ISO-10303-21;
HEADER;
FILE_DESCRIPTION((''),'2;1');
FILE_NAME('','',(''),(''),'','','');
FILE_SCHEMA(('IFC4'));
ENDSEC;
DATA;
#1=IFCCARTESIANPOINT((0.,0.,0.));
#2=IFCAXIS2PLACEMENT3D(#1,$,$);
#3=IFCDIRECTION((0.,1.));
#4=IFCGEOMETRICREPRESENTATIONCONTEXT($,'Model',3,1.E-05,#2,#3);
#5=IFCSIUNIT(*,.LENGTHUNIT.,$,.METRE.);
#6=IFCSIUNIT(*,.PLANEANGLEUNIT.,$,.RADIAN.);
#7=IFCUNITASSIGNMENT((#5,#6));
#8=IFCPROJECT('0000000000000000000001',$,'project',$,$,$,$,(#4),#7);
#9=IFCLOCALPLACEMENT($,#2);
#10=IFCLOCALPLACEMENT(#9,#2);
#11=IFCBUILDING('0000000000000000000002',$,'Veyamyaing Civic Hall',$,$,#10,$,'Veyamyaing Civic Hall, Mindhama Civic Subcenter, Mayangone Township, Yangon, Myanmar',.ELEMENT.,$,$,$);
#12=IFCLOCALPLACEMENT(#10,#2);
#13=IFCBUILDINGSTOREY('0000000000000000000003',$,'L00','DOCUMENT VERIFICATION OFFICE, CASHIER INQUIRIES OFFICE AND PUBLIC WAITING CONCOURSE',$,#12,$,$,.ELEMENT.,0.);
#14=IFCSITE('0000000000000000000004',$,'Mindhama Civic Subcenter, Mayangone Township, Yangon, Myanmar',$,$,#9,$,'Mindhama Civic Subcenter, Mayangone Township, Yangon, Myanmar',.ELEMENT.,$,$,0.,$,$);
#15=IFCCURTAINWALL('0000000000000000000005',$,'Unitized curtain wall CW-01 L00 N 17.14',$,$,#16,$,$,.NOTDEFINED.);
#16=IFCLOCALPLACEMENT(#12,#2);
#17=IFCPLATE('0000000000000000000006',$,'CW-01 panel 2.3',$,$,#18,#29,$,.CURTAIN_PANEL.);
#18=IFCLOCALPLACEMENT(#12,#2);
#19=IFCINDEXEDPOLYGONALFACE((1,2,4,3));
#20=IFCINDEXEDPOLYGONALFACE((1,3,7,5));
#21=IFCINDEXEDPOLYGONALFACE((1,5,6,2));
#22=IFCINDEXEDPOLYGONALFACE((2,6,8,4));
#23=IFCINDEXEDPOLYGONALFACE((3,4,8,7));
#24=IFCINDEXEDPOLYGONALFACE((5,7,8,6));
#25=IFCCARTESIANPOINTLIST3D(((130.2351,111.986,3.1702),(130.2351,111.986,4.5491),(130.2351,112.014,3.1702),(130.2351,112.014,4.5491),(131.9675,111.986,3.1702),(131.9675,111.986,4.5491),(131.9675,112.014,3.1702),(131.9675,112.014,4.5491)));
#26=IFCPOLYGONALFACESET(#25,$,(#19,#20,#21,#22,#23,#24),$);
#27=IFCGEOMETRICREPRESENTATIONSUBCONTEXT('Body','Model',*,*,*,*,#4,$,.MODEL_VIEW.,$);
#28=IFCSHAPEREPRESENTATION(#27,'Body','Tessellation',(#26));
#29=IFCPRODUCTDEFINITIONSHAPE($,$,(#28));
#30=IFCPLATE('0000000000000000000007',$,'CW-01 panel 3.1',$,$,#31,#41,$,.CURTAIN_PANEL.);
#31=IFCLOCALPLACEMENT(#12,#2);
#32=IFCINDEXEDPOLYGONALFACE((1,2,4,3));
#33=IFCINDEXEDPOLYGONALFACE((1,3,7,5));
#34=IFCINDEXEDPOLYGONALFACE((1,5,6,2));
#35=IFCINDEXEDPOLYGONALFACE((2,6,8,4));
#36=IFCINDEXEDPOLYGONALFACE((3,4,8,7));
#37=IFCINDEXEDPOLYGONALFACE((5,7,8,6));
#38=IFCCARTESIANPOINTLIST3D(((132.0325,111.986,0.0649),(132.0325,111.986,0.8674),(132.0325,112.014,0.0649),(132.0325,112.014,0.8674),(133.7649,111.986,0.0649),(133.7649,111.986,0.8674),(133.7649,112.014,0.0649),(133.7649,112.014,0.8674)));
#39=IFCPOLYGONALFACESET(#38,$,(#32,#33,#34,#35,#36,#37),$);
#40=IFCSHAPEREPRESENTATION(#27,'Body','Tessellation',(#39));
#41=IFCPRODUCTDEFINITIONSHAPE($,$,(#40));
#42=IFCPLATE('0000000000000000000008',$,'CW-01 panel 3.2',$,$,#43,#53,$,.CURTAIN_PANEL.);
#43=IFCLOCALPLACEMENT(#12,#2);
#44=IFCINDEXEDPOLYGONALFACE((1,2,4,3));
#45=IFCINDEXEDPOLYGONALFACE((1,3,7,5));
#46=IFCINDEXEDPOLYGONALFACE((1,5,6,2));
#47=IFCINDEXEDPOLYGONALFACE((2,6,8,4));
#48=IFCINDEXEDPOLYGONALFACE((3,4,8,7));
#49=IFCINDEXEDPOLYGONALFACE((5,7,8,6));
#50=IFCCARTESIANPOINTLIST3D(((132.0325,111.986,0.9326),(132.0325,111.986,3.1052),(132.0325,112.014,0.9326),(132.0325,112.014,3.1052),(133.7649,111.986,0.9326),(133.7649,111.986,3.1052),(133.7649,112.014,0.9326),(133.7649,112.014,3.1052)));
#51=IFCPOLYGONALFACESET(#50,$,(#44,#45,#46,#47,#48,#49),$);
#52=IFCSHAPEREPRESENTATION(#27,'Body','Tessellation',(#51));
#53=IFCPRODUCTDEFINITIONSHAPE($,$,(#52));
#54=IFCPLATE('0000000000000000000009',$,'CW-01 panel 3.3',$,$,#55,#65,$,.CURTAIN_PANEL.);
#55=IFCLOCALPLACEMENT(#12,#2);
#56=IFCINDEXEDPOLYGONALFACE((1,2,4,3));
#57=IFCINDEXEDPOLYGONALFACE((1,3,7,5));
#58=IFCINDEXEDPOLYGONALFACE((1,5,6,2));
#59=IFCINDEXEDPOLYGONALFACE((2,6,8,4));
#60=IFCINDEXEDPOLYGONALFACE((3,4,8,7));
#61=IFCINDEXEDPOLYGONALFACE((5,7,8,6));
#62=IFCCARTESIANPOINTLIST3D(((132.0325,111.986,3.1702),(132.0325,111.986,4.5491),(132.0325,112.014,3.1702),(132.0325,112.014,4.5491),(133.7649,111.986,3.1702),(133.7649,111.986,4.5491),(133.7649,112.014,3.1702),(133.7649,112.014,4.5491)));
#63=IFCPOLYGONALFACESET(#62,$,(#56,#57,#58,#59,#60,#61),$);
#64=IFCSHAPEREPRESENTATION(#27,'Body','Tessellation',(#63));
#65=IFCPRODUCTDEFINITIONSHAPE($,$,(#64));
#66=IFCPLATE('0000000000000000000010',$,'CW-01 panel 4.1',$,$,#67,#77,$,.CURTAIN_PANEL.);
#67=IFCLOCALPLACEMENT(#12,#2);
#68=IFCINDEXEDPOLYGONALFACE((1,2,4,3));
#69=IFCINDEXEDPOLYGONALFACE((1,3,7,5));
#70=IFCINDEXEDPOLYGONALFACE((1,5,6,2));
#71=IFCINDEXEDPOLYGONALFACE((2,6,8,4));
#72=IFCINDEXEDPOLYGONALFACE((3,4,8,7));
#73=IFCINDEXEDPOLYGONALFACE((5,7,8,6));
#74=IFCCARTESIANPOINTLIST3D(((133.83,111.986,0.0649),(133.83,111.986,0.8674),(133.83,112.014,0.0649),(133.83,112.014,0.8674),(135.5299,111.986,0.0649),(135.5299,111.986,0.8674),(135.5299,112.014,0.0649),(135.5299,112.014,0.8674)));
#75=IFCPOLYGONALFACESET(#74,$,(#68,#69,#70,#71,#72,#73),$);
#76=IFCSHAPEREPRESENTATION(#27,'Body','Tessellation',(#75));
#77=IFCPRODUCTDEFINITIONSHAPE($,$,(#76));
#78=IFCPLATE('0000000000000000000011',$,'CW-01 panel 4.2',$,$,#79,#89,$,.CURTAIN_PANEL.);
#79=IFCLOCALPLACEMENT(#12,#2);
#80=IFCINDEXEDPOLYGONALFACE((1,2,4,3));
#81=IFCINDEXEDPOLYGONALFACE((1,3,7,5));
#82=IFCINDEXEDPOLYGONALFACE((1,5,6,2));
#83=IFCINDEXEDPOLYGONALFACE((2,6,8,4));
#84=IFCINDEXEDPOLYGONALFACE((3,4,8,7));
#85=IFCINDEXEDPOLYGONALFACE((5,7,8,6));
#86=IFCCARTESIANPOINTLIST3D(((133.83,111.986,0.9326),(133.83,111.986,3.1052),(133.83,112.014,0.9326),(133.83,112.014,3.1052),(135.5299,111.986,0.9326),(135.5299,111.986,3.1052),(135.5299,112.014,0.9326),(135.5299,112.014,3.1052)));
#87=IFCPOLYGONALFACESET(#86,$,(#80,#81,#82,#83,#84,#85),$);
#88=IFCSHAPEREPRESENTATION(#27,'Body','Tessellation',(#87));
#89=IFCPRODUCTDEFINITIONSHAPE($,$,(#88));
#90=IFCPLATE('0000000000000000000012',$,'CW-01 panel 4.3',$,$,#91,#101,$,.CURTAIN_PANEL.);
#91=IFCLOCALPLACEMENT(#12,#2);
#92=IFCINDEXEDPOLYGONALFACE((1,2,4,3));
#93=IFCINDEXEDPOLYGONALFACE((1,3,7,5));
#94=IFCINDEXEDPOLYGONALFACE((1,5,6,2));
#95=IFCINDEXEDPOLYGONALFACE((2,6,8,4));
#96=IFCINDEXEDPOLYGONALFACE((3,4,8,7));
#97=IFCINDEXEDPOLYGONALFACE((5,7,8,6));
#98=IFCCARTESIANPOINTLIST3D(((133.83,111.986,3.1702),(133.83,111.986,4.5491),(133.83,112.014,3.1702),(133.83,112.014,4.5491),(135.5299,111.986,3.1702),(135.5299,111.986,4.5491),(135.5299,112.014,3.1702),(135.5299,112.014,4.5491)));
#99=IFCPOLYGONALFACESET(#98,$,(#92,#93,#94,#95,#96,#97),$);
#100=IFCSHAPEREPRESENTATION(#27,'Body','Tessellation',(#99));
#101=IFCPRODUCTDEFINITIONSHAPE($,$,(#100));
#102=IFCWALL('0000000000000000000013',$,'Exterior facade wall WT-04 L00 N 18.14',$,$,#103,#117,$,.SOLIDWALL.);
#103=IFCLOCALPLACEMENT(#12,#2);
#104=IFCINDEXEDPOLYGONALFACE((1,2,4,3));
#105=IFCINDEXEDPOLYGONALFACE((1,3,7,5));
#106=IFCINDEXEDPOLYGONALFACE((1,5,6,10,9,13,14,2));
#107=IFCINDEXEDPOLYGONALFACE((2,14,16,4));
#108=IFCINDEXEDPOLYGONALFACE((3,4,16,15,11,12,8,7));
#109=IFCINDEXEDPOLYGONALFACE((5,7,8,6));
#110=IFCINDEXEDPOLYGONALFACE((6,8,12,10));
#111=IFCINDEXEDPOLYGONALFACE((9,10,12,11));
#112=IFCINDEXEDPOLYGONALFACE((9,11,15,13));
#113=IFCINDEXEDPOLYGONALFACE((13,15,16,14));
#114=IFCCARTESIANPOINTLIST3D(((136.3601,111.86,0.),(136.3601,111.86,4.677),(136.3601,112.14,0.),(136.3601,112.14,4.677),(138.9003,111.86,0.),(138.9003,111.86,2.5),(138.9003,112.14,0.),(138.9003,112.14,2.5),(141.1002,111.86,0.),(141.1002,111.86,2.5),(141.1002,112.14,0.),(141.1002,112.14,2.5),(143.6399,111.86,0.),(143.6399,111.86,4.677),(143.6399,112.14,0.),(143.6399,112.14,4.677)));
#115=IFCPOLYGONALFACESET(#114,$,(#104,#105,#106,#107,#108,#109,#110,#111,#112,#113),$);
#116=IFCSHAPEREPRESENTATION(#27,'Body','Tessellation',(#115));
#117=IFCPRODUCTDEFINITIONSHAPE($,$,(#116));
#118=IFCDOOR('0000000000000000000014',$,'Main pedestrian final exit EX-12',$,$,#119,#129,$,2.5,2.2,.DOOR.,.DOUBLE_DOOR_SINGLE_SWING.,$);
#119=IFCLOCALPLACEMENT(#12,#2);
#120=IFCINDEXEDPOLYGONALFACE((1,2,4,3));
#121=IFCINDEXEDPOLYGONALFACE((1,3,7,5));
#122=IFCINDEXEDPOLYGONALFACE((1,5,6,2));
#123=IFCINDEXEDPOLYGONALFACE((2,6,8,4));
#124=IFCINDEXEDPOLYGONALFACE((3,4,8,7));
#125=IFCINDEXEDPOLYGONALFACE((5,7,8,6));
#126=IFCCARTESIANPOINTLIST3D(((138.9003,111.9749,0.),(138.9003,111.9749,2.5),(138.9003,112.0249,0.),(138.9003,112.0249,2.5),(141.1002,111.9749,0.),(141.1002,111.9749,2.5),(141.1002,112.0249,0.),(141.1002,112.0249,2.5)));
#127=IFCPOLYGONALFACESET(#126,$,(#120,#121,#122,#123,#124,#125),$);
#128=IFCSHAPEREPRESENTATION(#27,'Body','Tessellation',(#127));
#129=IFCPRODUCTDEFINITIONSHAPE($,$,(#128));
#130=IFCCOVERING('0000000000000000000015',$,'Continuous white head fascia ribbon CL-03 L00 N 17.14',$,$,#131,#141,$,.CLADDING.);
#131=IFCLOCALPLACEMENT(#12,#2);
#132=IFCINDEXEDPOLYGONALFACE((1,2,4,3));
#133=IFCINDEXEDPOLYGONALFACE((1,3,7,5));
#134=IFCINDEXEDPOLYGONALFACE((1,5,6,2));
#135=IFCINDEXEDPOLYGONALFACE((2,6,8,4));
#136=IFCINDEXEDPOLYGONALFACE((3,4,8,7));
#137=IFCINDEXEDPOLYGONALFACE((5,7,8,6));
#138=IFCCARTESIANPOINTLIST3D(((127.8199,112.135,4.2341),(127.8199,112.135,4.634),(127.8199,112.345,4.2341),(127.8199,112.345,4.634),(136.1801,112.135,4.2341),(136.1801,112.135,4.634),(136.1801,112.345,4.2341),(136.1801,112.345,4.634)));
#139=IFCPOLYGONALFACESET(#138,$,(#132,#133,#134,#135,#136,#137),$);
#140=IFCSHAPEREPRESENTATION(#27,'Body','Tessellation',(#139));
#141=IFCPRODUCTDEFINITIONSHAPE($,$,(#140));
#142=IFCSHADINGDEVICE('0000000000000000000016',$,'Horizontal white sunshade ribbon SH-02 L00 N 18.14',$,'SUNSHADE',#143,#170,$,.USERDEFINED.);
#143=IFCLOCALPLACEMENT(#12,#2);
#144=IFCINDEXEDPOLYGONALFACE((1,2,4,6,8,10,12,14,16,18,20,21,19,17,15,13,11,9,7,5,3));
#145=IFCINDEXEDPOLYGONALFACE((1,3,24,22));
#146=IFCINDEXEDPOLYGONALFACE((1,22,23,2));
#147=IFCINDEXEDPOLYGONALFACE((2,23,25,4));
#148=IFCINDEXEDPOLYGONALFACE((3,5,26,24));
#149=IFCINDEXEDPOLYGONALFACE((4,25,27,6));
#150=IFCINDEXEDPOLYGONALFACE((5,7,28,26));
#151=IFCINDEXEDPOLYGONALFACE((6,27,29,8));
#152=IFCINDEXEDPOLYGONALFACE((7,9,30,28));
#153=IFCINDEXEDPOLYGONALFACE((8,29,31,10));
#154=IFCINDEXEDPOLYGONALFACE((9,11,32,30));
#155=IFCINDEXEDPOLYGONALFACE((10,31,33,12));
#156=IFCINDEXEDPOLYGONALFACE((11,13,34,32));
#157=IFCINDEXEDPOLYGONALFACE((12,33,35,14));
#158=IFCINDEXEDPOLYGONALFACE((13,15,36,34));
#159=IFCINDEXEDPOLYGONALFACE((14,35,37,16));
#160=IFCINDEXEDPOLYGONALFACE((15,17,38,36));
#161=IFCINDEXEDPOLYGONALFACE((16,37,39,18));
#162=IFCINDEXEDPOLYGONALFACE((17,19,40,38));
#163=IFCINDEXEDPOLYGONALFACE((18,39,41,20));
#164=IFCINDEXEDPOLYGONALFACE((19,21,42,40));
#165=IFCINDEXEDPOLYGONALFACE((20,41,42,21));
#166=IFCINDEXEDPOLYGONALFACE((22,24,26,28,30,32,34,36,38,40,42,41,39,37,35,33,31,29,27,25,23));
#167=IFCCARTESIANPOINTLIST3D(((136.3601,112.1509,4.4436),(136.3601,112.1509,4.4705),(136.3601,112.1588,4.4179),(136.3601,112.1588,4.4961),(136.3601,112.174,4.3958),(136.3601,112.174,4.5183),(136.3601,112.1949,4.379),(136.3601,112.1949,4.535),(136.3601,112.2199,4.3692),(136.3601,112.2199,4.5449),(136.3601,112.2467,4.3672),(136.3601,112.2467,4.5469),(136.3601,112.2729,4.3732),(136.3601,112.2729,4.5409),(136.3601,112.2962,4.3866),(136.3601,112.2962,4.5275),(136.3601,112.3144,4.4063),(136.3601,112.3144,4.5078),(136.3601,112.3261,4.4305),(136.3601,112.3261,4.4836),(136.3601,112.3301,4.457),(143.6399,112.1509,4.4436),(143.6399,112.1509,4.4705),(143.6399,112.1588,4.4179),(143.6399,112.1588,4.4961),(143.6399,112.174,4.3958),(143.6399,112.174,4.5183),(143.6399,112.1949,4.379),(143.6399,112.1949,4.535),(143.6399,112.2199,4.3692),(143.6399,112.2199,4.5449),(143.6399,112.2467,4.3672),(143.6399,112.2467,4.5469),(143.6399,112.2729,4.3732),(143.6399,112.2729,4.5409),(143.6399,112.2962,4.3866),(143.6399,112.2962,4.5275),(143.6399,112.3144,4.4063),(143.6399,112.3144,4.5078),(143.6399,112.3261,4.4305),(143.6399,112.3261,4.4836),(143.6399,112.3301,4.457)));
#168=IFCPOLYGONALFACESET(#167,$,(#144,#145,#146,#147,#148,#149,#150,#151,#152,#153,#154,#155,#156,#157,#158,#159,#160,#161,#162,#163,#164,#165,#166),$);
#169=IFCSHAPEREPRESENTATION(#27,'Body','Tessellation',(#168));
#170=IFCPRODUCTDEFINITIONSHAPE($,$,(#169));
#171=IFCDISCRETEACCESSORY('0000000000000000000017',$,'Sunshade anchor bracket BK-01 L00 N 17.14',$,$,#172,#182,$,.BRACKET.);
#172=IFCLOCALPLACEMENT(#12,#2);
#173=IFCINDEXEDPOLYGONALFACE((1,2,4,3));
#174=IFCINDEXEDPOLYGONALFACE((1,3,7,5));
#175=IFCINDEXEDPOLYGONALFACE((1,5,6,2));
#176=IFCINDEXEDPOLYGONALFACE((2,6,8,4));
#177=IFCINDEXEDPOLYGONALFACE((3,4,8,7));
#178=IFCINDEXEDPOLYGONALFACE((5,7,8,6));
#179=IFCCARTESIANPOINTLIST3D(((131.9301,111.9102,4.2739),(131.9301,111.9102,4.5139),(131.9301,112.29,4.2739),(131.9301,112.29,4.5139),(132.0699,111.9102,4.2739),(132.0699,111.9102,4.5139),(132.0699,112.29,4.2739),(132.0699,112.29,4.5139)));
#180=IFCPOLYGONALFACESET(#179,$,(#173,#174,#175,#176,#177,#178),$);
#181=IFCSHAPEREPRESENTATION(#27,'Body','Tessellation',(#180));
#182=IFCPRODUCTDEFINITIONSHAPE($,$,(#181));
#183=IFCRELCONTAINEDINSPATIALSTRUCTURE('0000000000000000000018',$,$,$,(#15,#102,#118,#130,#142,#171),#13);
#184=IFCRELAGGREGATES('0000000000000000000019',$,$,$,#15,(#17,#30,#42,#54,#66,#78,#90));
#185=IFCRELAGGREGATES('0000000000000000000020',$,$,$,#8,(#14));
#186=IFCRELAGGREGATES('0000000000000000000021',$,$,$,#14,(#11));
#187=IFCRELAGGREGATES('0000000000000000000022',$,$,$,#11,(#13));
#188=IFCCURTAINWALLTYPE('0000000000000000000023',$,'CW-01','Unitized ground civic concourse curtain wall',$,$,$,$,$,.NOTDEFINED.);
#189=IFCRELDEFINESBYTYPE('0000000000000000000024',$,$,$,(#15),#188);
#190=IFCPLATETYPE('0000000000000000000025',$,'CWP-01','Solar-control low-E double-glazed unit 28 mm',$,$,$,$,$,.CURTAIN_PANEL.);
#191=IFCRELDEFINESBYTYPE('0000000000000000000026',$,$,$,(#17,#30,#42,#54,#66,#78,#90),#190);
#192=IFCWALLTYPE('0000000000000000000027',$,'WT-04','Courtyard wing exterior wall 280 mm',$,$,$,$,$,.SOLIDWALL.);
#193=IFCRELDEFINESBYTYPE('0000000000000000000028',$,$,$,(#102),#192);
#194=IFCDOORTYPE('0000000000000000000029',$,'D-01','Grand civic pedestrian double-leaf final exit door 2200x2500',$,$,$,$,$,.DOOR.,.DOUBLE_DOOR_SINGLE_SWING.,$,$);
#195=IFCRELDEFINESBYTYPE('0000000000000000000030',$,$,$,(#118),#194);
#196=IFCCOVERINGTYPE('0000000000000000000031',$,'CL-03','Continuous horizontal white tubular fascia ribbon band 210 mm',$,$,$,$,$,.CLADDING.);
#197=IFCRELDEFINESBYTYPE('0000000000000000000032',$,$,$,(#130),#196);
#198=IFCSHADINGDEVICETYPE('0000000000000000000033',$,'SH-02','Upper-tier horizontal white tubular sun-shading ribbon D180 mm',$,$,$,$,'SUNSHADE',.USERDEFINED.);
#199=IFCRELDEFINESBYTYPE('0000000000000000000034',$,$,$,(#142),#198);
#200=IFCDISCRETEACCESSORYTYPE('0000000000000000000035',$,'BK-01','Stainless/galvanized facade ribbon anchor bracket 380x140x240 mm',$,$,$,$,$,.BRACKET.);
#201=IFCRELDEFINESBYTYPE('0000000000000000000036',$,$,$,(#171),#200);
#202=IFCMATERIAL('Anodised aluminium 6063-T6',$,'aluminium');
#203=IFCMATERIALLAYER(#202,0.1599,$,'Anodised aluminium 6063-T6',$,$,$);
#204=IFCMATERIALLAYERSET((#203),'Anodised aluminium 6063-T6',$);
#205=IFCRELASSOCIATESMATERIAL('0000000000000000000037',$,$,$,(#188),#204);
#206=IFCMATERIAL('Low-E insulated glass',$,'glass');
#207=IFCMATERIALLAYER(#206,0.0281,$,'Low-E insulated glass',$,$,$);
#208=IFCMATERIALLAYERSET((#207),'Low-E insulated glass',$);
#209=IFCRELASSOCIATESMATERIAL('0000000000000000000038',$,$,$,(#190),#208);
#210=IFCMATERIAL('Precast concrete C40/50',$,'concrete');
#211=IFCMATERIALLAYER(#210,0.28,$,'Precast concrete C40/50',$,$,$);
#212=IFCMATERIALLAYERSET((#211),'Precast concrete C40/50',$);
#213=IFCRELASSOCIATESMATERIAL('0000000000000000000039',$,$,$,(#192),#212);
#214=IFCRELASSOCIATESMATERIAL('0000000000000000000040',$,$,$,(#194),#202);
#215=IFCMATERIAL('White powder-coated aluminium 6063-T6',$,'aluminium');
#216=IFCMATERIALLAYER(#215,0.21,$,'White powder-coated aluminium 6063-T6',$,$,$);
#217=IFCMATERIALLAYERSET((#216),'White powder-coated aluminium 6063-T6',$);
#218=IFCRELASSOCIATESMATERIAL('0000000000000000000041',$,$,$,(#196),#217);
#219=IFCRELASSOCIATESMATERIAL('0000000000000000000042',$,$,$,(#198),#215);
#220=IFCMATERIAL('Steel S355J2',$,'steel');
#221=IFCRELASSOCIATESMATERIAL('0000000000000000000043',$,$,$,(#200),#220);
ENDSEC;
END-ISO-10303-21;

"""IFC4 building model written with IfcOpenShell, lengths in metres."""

from ifc_helpers import new_model, si_unit, direction, frame, frame_2d, origin, origin_2d, place, context, subcontext, project, spatial, rectangle, circle, extrude, material, layer, layer_set, material_profile, profile_set, type_object, element, fill, aggregate, save


model = new_model("IFC4")

# Units and contexts
model_context = context("Model", 3, precision=1e-05, world=origin(), true_north=direction((0.0, 1.0)))
body_context = subcontext(model_context, "Body", "Model", "MODEL_VIEW")
ifc_project = project(units=[si_unit("LENGTHUNIT", "METRE"), si_unit("PLANEANGLEUNIT", "RADIAN")], contexts=[model_context])

# Site, building, storey
site_placement = place(None, origin())
site = spatial("IfcSite", under=ifc_project, at=site_placement, Name="Mindhama Civic Subcenter, Mayangone Township, Yangon, Myanmar", LongName="Mindhama Civic Subcenter, Mayangone Township, Yangon, Myanmar", CompositionType="ELEMENT", RefElevation=0.0)
building_placement = place(site_placement, origin())
building = spatial("IfcBuilding", under=site, at=building_placement, Name="Veyamyaing Civic Hall", LongName="Veyamyaing Civic Hall, Mindhama Civic Subcenter, Mayangone Township, Yangon, Myanmar", CompositionType="ELEMENT")
storey_placement = place(building_placement, origin())
storey = spatial("IfcBuildingStorey", under=building, at=storey_placement, Name="L00", Description="DOCUMENT VERIFICATION OFFICE, CASHIER INQUIRIES OFFICE AND PUBLIC WAITING CONCOURSE", CompositionType="ELEMENT", Elevation=0.0)

# Curtain wall
ifc_material_1 = material(Name="Anodised aluminium 6063-T6", Category="aluminium")
ifc_layer_1 = layer(ifc_material_1, 0.1599, Name="Anodised aluminium 6063-T6")
ifc_layer_set_1 = layer_set([ifc_layer_1], Name="Anodised aluminium 6063-T6")
curtain_wall_type = type_object("IfcCurtainWallType", Name="CW-01", Description="Unitized ground civic concourse curtain wall", PredefinedType="NOTDEFINED", material=ifc_layer_set_1)
curtain_wall_placement = place(storey_placement, origin())
curtain_wall = element("IfcCurtainWall", 1, at=curtain_wall_placement, inside=storey, type_object=curtain_wall_type, Name="Unitized curtain wall CW-01 L00 N 17.14", PredefinedType="NOTDEFINED")

# Plates
ifc_material_2 = material(Name="Low-E insulated glass", Category="glass")
ifc_layer_2 = layer(ifc_material_2, 0.0281, Name="Low-E insulated glass")
ifc_layer_set_2 = layer_set([ifc_layer_2], Name="Low-E insulated glass")
plate_type = type_object("IfcPlateType", Name="CWP-01", Description="Solar-control low-E double-glazed unit 28 mm", PredefinedType="CURTAIN_PANEL", material=ifc_layer_set_2)
plate_1_placement = place(storey_placement, frame((131.1013, 112.0, 3.1702), z_axis=(0.0, 0.0, 1.0), x_axis=(1.0, 0.0, 0.0)))
plate_1 = element("IfcPlate", 2, at=plate_1_placement, type_object=plate_type, Name="CW-01 panel 2.3", PredefinedType="CURTAIN_PANEL", context=body_context, shape_type="SweptSolid", body=[
    extrude(rectangle(XDim=1.7324, YDim=0.0281, at=origin_2d()), origin(), (0.0, 0.0, 1.0), 1.3789),
])
plate_2_placement = place(storey_placement, frame((132.8987, 112.0, 0.0649), z_axis=(0.0, 0.0, 1.0), x_axis=(1.0, 0.0, 0.0)))
plate_2 = element("IfcPlate", 3, at=plate_2_placement, type_object=plate_type, Name="CW-01 panel 3.1", PredefinedType="CURTAIN_PANEL", context=body_context, shape_type="SweptSolid", body=[
    extrude(rectangle(XDim=1.7324, YDim=0.0281, at=origin_2d()), origin(), (0.0, 0.0, 1.0), 0.8025),
])
plate_3_placement = place(storey_placement, frame((132.8987, 112.0, 0.9326), z_axis=(0.0, 0.0, 1.0), x_axis=(1.0, 0.0, 0.0)))
plate_3 = element("IfcPlate", 4, at=plate_3_placement, type_object=plate_type, Name="CW-01 panel 3.2", PredefinedType="CURTAIN_PANEL", context=body_context, shape_type="SweptSolid", body=[
    extrude(rectangle(XDim=1.7324, YDim=0.0281, at=origin_2d()), origin(), (0.0, 0.0, 1.0), 2.1726),
])
plate_4_placement = place(storey_placement, frame((132.8987, 112.0, 3.1702), z_axis=(0.0, 0.0, 1.0), x_axis=(1.0, 0.0, 0.0)))
plate_4 = element("IfcPlate", 5, at=plate_4_placement, type_object=plate_type, Name="CW-01 panel 3.3", PredefinedType="CURTAIN_PANEL", context=body_context, shape_type="SweptSolid", body=[
    extrude(rectangle(XDim=1.7324, YDim=0.0281, at=origin_2d()), origin(), (0.0, 0.0, 1.0), 1.3789),
])
plate_5_placement = place(storey_placement, frame((134.6799, 112.0, 0.0649), z_axis=(0.0, 0.0, 1.0), x_axis=(1.0, 0.0, 0.0)))
plate_5 = element("IfcPlate", 6, at=plate_5_placement, type_object=plate_type, Name="CW-01 panel 4.1", PredefinedType="CURTAIN_PANEL", context=body_context, shape_type="SweptSolid", body=[
    extrude(rectangle(XDim=1.7, YDim=0.0281, at=origin_2d()), origin(), (0.0, 0.0, 1.0), 0.8025),
])
plate_6_placement = place(storey_placement, frame((134.6799, 112.0, 0.9326), z_axis=(0.0, 0.0, 1.0), x_axis=(1.0, 0.0, 0.0)))
plate_6 = element("IfcPlate", 7, at=plate_6_placement, type_object=plate_type, Name="CW-01 panel 4.2", PredefinedType="CURTAIN_PANEL", context=body_context, shape_type="SweptSolid", body=[
    extrude(rectangle(XDim=1.7, YDim=0.0281, at=origin_2d()), origin(), (0.0, 0.0, 1.0), 2.1726),
])
plate_7_placement = place(storey_placement, frame((134.6799, 112.0, 3.1702), z_axis=(0.0, 0.0, 1.0), x_axis=(1.0, 0.0, 0.0)))
plate_7 = element("IfcPlate", 8, at=plate_7_placement, type_object=plate_type, Name="CW-01 panel 4.3", PredefinedType="CURTAIN_PANEL", context=body_context, shape_type="SweptSolid", body=[
    extrude(rectangle(XDim=1.7, YDim=0.0281, at=origin_2d()), origin(), (0.0, 0.0, 1.0), 1.3789),
])
aggregate(curtain_wall, [plate_1, plate_2, plate_3, plate_4, plate_5, plate_6, plate_7])

# Wall, opening, door
ifc_material_3 = material(Name="Precast concrete C40/50", Category="concrete")
ifc_layer_3 = layer(ifc_material_3, 0.28, Name="Precast concrete C40/50")
ifc_layer_set_3 = layer_set([ifc_layer_3], Name="Precast concrete C40/50")
wall_type = type_object("IfcWallType", Name="WT-04", Description="Courtyard wing exterior wall 280 mm", PredefinedType="SOLIDWALL", material=ifc_layer_set_3)
wall_placement = place(storey_placement, frame((136.3601, 112.0, 0.0), z_axis=(0.0, 0.0, 1.0), x_axis=(1.0, 0.0, 0.0)))
wall = element("IfcWall", 9, at=wall_placement, inside=storey, type_object=wall_type, Name="Exterior facade wall WT-04 L00 N 18.14", PredefinedType="SOLIDWALL", context=body_context, shape_type="SweptSolid", body=[
    extrude(rectangle(XDim=7.2798, YDim=0.28, at=frame_2d((3.6399, 0.0))), origin(), (0.0, 0.0, 1.0), 4.677),
])
opening_placement = place(wall_placement, frame((2.54, 0.0, 0.0)))
opening = element("IfcOpeningElement", 10, at=opening_placement, cuts=wall, PredefinedType="OPENING", context=body_context, shape_type="SweptSolid", body=[
    extrude(rectangle(XDim=2.2, YDim=2.5, at=frame_2d((1.1001, 1.25))), frame((0.0, 0.1499, 0.0), z_axis=(0.0, -1.0, 0.0), x_axis=(1.0, 0.0, 0.0)), (0.0, 0.0, 1.0), 0.3),
])
door_type = type_object("IfcDoorType", Name="D-01", Description="Grand civic pedestrian double-leaf final exit door 2200x2500", OperationType="DOUBLE_DOOR_SINGLE_SWING", PredefinedType="DOOR", material=ifc_material_1)
door_placement = place(opening_placement, origin())
door = element("IfcDoor", 11, at=door_placement, inside=storey, type_object=door_type, Name="Main pedestrian final exit EX-12", OperationType="DOUBLE_DOOR_SINGLE_SWING", OverallHeight=2.5, OverallWidth=2.2, PredefinedType="DOOR", context=body_context, shape_type="SweptSolid", body=[
    extrude(rectangle(XDim=2.2, YDim=2.5, at=frame_2d((1.1001, 1.25))), frame((0.0, 0.0249, 0.0), z_axis=(0.0, -1.0, 0.0), x_axis=(1.0, 0.0, 0.0)), (0.0, 0.0, 1.0), 0.05),
])
fill(opening, door)

# Covering
ifc_material_4 = material(Name="White powder-coated aluminium 6063-T6", Category="aluminium")
ifc_layer_4 = layer(ifc_material_4, 0.21, Name="White powder-coated aluminium 6063-T6")
ifc_layer_set_4 = layer_set([ifc_layer_4], Name="White powder-coated aluminium 6063-T6")
covering_type = type_object("IfcCoveringType", Name="CL-03", Description="Continuous horizontal white tubular fascia ribbon band 210 mm", PredefinedType="CLADDING", material=ifc_layer_set_4)
covering_placement = place(storey_placement, frame((132.0, 112.24, 4.2341), z_axis=(0.0, 0.0, 1.0), x_axis=(1.0, 0.0, 0.0)))
element("IfcCovering", 12, at=covering_placement, inside=storey, type_object=covering_type, Name="Continuous white head fascia ribbon CL-03 L00 N 17.14", PredefinedType="CLADDING", context=body_context, shape_type="SweptSolid", body=[
    extrude(rectangle(XDim=8.3601, YDim=0.21, at=origin_2d()), origin(), (0.0, 0.0, 1.0), 0.3999),
])

# Shading device
ifc_material_profile_1 = material_profile(ifc_material_4, circle(Radius=0.0901, at=origin_2d()), Name="SHADE-TUBE-180")
ifc_profile_set_1 = profile_set([ifc_material_profile_1], Name="White powder-coated aluminium 6063-T6")
shading_device_type = type_object("IfcShadingDeviceType", Name="SH-02", Description="Upper-tier horizontal white tubular sun-shading ribbon D180 mm", ElementType="SUNSHADE", PredefinedType="USERDEFINED", material=ifc_profile_set_1)
shading_device_placement = place(storey_placement, frame((136.3601, 112.24, 4.457), z_axis=(1.0, 0.0, 0.0), x_axis=(0.0, 1.0, 0.0)))
element("IfcShadingDevice", 13, at=shading_device_placement, inside=storey, type_object=shading_device_type, Name="Horizontal white sunshade ribbon SH-02 L00 N 18.14", ObjectType="SUNSHADE", PredefinedType="USERDEFINED", context=body_context, shape_type="SweptSolid", body=[
    extrude(circle(Radius=0.0901, at=origin_2d()), origin(), (0.0, 0.0, 1.0), 7.2798),
])

# Discrete accessory
ifc_material_5 = material(Name="Steel S355J2", Category="steel")
discrete_accessory_type = type_object("IfcDiscreteAccessoryType", Name="BK-01", Description="Stainless/galvanized facade ribbon anchor bracket 380x140x240 mm", PredefinedType="BRACKET", material=ifc_material_5)
discrete_accessory_placement = place(storey_placement, frame((132.0, 112.1001, 4.2739), z_axis=(0.0, 0.0, 1.0), x_axis=(0.0, 1.0, 0.0)))
element("IfcDiscreteAccessory", 14, at=discrete_accessory_placement, inside=storey, type_object=discrete_accessory_type, Name="Sunshade anchor bracket BK-01 L00 N 17.14", PredefinedType="BRACKET", context=body_context, shape_type="SweptSolid", body=[
    extrude(rectangle(XDim=0.3799, YDim=0.1399, at=origin_2d()), origin(), (0.0, 0.0, 1.0), 0.24),
])

save(model, "model.ifc")
